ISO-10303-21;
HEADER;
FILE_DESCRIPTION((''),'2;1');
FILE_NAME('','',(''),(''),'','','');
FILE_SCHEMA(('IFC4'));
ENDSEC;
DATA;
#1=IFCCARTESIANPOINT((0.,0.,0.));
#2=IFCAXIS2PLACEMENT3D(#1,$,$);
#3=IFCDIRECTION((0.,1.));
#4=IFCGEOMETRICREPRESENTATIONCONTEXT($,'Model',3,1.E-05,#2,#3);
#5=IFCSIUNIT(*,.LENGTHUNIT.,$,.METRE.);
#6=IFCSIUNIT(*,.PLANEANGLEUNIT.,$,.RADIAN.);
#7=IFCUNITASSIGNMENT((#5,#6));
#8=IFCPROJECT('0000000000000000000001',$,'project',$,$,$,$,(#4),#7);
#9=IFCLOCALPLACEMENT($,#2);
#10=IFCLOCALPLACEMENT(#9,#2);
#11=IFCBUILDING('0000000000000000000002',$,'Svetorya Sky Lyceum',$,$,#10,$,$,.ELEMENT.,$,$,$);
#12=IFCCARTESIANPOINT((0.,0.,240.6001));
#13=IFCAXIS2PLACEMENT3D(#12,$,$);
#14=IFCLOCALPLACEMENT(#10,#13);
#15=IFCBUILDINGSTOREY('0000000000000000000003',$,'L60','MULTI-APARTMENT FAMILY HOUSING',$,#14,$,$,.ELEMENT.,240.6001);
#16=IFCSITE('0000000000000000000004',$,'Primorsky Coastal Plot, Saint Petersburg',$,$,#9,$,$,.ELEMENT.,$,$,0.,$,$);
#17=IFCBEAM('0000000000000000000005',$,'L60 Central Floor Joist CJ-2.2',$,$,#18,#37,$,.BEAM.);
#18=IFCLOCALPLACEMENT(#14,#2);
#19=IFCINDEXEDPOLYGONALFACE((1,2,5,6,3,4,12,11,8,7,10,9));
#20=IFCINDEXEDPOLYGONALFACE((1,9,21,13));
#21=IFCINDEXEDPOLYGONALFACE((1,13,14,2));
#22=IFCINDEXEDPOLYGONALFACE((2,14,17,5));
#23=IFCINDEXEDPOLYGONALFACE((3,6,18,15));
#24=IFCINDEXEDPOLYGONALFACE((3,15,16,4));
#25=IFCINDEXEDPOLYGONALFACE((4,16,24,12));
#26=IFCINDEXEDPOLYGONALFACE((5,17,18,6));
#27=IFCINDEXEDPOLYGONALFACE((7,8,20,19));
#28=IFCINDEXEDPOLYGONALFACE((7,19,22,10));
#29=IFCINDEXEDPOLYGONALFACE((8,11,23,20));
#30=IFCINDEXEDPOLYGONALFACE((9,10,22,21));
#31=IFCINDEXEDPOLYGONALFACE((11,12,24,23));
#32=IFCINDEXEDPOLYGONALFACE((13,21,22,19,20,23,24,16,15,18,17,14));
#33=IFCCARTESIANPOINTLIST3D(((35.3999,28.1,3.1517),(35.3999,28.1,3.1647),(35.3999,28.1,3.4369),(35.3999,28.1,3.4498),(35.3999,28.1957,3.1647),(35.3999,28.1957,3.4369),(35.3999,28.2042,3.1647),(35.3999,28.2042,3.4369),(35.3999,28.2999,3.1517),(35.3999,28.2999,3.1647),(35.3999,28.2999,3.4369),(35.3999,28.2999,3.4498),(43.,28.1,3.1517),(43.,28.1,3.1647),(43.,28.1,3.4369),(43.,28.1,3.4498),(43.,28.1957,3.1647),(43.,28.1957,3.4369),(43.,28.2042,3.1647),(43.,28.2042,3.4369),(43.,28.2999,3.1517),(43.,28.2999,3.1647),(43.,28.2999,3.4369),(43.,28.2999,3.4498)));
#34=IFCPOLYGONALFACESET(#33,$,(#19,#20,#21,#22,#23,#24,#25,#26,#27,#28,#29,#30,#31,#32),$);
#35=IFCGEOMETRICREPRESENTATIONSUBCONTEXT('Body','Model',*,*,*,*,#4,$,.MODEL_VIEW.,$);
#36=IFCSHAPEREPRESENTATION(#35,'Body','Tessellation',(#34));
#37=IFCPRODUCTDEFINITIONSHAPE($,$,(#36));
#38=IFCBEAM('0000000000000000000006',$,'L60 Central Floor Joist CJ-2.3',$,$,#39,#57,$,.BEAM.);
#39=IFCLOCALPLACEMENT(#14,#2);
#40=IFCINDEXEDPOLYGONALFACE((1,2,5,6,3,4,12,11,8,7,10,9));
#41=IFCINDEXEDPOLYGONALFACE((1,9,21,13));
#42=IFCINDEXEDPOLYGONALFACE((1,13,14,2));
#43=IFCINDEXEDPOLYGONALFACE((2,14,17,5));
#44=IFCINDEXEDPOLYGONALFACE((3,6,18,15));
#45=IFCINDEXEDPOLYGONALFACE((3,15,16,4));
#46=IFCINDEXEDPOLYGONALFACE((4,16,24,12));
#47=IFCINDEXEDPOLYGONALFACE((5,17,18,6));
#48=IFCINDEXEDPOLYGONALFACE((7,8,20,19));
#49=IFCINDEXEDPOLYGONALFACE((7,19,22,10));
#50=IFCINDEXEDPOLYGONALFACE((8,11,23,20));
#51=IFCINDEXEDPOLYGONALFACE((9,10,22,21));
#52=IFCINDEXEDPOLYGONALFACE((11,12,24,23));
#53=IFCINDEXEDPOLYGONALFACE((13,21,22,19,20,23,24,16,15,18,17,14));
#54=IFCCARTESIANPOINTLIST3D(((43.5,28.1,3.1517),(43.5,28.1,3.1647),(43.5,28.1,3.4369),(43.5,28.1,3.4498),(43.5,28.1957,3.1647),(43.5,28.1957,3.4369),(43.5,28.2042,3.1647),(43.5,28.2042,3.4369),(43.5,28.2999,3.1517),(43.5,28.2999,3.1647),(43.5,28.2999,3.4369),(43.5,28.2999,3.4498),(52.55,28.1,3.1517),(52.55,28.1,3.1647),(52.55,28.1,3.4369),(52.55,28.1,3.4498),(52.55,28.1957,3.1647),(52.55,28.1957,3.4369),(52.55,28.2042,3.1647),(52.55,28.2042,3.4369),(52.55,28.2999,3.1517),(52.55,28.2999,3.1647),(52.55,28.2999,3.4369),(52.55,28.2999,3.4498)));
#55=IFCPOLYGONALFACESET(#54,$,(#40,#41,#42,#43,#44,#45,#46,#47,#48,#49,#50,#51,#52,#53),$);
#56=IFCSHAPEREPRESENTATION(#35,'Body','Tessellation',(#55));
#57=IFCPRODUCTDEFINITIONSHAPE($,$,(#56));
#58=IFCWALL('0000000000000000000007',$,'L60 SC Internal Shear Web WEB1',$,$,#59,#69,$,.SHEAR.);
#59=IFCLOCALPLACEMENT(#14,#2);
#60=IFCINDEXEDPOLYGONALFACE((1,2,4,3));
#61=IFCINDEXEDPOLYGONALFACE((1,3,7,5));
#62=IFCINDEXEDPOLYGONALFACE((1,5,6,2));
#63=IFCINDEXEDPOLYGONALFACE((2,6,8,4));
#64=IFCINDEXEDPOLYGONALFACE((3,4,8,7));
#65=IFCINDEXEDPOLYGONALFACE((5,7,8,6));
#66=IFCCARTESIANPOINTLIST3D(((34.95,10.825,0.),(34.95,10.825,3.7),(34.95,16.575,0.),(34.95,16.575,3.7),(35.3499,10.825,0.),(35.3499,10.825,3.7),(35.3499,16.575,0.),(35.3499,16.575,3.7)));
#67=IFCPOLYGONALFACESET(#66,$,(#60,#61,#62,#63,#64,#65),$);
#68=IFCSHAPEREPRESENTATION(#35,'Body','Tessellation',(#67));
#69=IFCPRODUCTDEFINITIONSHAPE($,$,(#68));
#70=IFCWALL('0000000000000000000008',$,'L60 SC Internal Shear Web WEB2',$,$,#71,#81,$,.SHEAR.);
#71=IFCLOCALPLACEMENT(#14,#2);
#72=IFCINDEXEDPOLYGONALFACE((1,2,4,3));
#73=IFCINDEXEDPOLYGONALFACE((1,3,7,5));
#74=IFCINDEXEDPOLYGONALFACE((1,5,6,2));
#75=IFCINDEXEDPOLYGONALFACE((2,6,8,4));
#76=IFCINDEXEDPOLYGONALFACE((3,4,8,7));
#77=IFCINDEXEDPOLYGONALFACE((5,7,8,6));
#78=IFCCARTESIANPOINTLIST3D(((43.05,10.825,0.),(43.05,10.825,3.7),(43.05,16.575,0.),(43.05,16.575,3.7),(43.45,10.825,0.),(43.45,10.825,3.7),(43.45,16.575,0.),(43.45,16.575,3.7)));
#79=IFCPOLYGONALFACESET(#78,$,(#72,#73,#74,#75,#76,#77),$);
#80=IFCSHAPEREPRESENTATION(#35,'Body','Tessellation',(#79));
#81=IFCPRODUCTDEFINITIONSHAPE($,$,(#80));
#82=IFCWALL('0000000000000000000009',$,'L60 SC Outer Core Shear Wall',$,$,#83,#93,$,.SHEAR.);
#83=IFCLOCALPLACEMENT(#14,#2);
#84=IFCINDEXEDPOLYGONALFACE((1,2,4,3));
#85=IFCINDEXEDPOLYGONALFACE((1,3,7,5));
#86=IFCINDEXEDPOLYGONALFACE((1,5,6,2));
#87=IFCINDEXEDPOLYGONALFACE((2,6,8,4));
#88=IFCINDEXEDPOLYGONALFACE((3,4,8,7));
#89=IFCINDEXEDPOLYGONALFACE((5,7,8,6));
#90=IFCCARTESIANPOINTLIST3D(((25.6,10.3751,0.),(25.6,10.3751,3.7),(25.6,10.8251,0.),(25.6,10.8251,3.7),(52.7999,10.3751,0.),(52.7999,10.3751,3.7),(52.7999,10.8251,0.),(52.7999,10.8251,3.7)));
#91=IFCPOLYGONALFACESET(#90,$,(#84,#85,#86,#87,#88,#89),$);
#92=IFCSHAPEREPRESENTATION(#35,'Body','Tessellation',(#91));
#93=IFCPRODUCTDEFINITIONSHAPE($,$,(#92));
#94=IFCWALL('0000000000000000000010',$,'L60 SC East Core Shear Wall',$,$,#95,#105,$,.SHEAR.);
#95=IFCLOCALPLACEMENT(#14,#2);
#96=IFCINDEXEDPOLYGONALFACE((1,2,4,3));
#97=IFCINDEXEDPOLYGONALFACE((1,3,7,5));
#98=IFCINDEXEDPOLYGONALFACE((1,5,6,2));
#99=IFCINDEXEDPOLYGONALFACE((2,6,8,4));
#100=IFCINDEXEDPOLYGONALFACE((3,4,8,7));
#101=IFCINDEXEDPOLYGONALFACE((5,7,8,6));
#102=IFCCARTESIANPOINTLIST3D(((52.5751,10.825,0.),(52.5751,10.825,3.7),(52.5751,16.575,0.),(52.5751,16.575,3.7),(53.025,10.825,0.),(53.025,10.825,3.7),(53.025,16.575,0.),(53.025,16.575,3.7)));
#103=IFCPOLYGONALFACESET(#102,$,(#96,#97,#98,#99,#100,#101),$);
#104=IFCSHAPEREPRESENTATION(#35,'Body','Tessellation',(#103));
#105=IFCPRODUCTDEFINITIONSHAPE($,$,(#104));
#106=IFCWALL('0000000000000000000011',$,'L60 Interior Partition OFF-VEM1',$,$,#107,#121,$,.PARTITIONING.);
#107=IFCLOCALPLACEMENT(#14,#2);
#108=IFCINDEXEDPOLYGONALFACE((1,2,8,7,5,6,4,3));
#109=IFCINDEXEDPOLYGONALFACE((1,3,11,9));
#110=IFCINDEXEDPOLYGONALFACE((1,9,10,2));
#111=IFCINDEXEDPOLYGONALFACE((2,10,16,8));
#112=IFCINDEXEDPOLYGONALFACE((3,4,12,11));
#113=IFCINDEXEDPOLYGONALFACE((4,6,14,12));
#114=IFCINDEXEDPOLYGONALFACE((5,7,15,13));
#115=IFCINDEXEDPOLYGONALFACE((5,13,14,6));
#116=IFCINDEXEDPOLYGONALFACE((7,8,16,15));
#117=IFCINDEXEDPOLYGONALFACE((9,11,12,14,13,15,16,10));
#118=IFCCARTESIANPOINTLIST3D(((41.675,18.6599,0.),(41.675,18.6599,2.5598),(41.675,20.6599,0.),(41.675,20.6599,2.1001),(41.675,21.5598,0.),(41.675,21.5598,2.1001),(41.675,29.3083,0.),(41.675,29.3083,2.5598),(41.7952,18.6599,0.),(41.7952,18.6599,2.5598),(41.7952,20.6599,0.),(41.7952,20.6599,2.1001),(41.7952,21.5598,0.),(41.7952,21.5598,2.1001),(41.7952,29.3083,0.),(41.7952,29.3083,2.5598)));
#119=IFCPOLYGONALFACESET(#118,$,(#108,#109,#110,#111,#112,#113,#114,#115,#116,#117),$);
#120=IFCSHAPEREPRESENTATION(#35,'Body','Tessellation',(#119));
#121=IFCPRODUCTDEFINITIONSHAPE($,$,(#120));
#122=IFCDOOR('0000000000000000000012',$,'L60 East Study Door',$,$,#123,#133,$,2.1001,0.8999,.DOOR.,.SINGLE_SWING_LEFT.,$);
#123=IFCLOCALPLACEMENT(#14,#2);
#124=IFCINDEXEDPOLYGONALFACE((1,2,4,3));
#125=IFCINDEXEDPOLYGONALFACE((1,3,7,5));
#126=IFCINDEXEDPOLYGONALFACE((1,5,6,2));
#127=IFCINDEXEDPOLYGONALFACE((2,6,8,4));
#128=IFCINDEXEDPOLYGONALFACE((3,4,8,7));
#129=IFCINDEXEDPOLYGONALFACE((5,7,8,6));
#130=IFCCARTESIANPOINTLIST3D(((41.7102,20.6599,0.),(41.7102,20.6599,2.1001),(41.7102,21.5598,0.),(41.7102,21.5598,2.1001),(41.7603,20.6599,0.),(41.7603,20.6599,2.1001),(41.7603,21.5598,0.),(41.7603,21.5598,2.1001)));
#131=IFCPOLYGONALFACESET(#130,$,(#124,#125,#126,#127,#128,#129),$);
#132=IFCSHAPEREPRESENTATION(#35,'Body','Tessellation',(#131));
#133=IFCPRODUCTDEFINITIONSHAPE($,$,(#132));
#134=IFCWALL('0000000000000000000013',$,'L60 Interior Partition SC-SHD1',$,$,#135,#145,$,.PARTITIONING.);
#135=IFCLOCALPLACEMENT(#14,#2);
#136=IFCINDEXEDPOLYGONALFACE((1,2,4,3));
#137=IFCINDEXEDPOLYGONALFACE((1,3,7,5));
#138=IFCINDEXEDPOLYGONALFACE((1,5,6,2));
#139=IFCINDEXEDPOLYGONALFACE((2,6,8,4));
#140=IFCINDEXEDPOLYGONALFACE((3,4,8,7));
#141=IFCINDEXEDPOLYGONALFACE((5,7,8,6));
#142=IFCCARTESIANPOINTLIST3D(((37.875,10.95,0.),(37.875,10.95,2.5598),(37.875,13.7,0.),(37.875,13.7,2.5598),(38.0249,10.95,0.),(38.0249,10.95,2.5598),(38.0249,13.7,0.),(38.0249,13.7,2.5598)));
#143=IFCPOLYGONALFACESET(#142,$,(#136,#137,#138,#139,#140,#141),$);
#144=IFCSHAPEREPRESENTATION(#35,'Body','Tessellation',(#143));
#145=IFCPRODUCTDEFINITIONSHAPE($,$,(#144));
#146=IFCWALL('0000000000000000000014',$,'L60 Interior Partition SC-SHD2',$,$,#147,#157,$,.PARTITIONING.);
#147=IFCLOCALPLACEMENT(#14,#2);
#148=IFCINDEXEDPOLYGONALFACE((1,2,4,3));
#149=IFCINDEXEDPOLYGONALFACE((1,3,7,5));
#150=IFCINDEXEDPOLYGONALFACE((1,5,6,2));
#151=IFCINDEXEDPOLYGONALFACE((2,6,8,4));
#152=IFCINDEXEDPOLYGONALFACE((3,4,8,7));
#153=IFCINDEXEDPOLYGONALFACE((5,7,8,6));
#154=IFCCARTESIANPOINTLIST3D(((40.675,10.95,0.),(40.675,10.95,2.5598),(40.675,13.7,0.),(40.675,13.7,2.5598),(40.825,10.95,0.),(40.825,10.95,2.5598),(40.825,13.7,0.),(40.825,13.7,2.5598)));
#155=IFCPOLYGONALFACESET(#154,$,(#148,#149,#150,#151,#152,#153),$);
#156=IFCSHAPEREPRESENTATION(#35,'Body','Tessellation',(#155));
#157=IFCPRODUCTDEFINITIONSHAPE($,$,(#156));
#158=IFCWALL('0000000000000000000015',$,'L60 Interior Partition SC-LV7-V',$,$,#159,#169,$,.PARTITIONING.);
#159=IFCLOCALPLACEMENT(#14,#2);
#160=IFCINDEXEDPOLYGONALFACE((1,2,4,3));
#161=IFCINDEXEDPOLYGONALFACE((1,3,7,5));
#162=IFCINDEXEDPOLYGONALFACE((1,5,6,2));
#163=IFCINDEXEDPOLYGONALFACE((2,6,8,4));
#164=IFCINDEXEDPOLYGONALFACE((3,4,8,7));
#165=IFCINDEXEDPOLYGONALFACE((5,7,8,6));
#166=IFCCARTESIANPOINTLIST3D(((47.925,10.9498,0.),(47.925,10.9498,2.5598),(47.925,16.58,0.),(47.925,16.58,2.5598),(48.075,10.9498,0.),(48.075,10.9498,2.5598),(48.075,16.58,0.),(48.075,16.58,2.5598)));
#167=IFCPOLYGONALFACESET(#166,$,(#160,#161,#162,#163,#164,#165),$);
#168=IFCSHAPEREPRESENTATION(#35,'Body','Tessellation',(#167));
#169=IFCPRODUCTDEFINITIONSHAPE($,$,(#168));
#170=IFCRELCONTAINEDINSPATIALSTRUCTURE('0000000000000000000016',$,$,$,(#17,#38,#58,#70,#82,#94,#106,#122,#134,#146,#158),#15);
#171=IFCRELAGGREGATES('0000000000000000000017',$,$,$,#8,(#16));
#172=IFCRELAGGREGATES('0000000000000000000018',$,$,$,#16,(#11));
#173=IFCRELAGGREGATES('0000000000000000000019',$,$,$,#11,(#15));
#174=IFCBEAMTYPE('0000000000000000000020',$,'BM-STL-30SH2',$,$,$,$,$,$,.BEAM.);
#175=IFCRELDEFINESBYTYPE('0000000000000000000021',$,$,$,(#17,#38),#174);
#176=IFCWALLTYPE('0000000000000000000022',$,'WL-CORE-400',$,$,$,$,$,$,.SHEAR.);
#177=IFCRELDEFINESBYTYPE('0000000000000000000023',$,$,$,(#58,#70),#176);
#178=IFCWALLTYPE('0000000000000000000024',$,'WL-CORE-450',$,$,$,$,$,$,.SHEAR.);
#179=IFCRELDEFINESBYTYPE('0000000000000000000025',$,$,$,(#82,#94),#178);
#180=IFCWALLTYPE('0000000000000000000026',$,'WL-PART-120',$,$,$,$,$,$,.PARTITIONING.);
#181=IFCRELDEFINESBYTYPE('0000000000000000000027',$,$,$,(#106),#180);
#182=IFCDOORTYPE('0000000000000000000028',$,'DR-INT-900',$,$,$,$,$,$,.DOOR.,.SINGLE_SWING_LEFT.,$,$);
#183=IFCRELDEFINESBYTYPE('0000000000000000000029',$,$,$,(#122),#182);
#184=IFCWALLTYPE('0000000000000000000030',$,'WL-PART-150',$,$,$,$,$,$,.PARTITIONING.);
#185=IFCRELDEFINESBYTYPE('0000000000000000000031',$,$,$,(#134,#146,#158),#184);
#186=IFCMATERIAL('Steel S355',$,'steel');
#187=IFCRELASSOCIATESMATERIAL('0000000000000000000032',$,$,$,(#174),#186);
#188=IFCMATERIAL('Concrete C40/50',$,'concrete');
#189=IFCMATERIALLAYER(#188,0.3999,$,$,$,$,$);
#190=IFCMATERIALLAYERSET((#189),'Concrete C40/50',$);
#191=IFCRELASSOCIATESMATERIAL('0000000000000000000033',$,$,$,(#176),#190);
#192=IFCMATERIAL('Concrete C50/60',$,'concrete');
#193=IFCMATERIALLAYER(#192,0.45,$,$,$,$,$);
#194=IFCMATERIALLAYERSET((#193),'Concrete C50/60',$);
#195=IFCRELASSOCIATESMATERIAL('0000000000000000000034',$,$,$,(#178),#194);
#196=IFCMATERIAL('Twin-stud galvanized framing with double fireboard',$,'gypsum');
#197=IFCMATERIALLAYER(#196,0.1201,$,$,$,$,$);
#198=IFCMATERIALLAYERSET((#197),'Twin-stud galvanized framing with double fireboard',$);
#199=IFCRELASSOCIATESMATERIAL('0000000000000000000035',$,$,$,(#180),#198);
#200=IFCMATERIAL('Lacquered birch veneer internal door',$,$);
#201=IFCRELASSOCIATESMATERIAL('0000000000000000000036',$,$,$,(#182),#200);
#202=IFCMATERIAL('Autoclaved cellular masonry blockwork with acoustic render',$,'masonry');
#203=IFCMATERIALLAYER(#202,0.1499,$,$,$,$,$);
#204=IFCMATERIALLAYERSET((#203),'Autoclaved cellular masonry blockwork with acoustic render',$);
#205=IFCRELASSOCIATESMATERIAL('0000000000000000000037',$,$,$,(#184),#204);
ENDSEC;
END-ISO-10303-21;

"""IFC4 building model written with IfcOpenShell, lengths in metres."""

from ifc_helpers import new_model, si_unit, direction, frame, frame_2d, origin, origin_2d, place, context, subcontext, project, spatial, rectangle, i_section, extrude, material, layer, layer_set, material_profile, profile_set, type_object, element, fill, save


model = new_model("IFC4")

# Units and contexts
model_context = context("Model", 3, precision=1e-05, world=origin(), true_north=direction((0.0, 1.0)))
body_context = subcontext(model_context, "Body", "Model", "MODEL_VIEW")
ifc_project = project(units=[si_unit("LENGTHUNIT", "METRE"), si_unit("PLANEANGLEUNIT", "RADIAN")], contexts=[model_context])

# Site, building, storey
site_placement = place(None, origin())
site = spatial("IfcSite", under=ifc_project, at=site_placement, Name="Primorsky Coastal Plot, Saint Petersburg", CompositionType="ELEMENT", RefElevation=0.0)
building_placement = place(site_placement, origin())
building = spatial("IfcBuilding", under=site, at=building_placement, Name="Svetorya Sky Lyceum", CompositionType="ELEMENT")
storey_placement = place(building_placement, frame((0.0, 0.0, 240.6001)))
storey = spatial("IfcBuildingStorey", under=building, at=storey_placement, Name="L60", Description="MULTI-APARTMENT FAMILY HOUSING", CompositionType="ELEMENT", Elevation=240.6001)

# Shared definitions
ifc_material_1 = material(Name="Concrete C50/60", Category="concrete")

# Beams
ifc_material_2 = material(Name="Steel S355", Category="steel")
ifc_material_profile_1 = material_profile(ifc_material_2, i_section(OverallWidth=0.2, OverallDepth=0.2981, WebThickness=0.0085, FlangeThickness=0.0129, at=origin_2d()), Name="GOST 30Sh2")
ifc_profile_set_1 = profile_set([ifc_material_profile_1], Name="Steel S355")
beam_type_1 = type_object("IfcBeamType", Name="BM-STL-30SH2", PredefinedType="BEAM", material=ifc_profile_set_1)
beam_1_placement = place(storey_placement, frame((35.3999, 28.2, 3.3008), z_axis=(1.0, 0.0, 0.0), x_axis=(0.0, 1.0, 0.0)))
element("IfcBeam", 1, at=beam_1_placement, inside=storey, type_object=beam_type_1, Name="L60 Central Floor Joist CJ-2.2", PredefinedType="BEAM", context=body_context, shape_type="SweptSolid", body=[
    extrude(i_section(OverallWidth=0.2, OverallDepth=0.2981, WebThickness=0.0085, FlangeThickness=0.0129, at=origin_2d()), origin(), (0.0, 0.0, 1.0), 7.6001),
])
beam_2_placement = place(storey_placement, frame((43.5, 28.2, 3.3008), z_axis=(1.0, 0.0, 0.0), x_axis=(0.0, 1.0, 0.0)))
element("IfcBeam", 2, at=beam_2_placement, inside=storey, type_object=beam_type_1, Name="L60 Central Floor Joist CJ-2.3", PredefinedType="BEAM", context=body_context, shape_type="SweptSolid", body=[
    extrude(i_section(OverallWidth=0.2, OverallDepth=0.2981, WebThickness=0.0085, FlangeThickness=0.0129, at=origin_2d()), origin(), (0.0, 0.0, 1.0), 9.05),
])

# Walls
ifc_material_3 = material(Name="Concrete C40/50", Category="concrete")
ifc_layer_1 = layer(ifc_material_3, 0.3999)
ifc_layer_set_1 = layer_set([ifc_layer_1], Name="Concrete C40/50")
wall_type_1 = type_object("IfcWallType", Name="WL-CORE-400", PredefinedType="SHEAR", material=ifc_layer_set_1)
for number, where, z_axis, x_axis, name in (
    (3, (35.1499, 10.825, 0.0), (0.0, 0.0, 1.0), (0.0, 1.0, 0.0), "L60 SC Internal Shear Web WEB1"),
    (4, (43.25, 10.825, 0.0), (0.0, 0.0, 1.0), (0.0, 1.0, 0.0), "L60 SC Internal Shear Web WEB2"),
):
    element("IfcWall", number, at=place(storey_placement, frame(where, z_axis=z_axis, x_axis=x_axis)), inside=storey, type_object=wall_type_1, Name=name, PredefinedType="SHEAR", context=body_context, shape_type="SweptSolid", body=[
        extrude(rectangle(XDim=5.75, YDim=0.3999, at=frame_2d((2.875, 0.0))), origin(), (0.0, 0.0, 1.0), 3.7),
    ])
ifc_layer_2 = layer(ifc_material_1, 0.45)
ifc_layer_set_2 = layer_set([ifc_layer_2], Name="Concrete C50/60")
wall_type_2 = type_object("IfcWallType", Name="WL-CORE-450", PredefinedType="SHEAR", material=ifc_layer_set_2)
wall_1_placement = place(storey_placement, frame((52.8, 10.6001, 0.0), z_axis=(0.0, 0.0, 1.0), x_axis=(-1.0, 0.0, 0.0)))
element("IfcWall", 5, at=wall_1_placement, inside=storey, type_object=wall_type_2, Name="L60 SC Outer Core Shear Wall", PredefinedType="SHEAR", context=body_context, shape_type="SweptSolid", body=[
    extrude(rectangle(XDim=27.2, YDim=0.45, at=frame_2d((13.6001, 0.0))), origin(), (0.0, 0.0, 1.0), 3.7),
])
wall_2_placement = place(storey_placement, frame((52.8, 10.825, 0.0), z_axis=(0.0, 0.0, 1.0), x_axis=(0.0, 1.0, 0.0)))
element("IfcWall", 6, at=wall_2_placement, inside=storey, type_object=wall_type_2, Name="L60 SC East Core Shear Wall", PredefinedType="SHEAR", context=body_context, shape_type="SweptSolid", body=[
    extrude(rectangle(XDim=5.75, YDim=0.45, at=frame_2d((2.875, 0.0))), origin(), (0.0, 0.0, 1.0), 3.7),
])

# Wall, opening, door
ifc_material_4 = material(Name="Twin-stud galvanized framing with double fireboard", Category="gypsum")
ifc_layer_3 = layer(ifc_material_4, 0.1201)
ifc_layer_set_3 = layer_set([ifc_layer_3], Name="Twin-stud galvanized framing with double fireboard")
wall_type_3 = type_object("IfcWallType", Name="WL-PART-120", PredefinedType="PARTITIONING", material=ifc_layer_set_3)
wall_3_placement = place(storey_placement, frame((41.7351, 18.6599, 0.0), z_axis=(0.0, 0.0, 1.0), x_axis=(0.0, 1.0, 0.0)))
wall_3 = element("IfcWall", 7, at=wall_3_placement, inside=storey, type_object=wall_type_3, Name="L60 Interior Partition OFF-VEM1", PredefinedType="PARTITIONING", context=body_context, shape_type="SweptSolid", body=[
    extrude(rectangle(XDim=10.6484, YDim=0.1201, at=frame_2d((5.3242, 0.0))), origin(), (0.0, 0.0, 1.0), 2.5598),
])
opening_1_placement = place(wall_3_placement, frame((2.0, 0.0, 0.0)))
opening_1 = element("IfcOpeningElement", 8, at=opening_1_placement, cuts=wall_3, PredefinedType="OPENING", context=body_context, shape_type="SweptSolid", body=[
    extrude(rectangle(XDim=0.8999, YDim=2.1001, at=frame_2d((0.45, 1.05))), frame((0.0, 0.0701, 0.0), z_axis=(0.0, -1.0, 0.0), x_axis=(1.0, 0.0, 0.0)), (0.0, 0.0, 1.0), 0.1401),
])
ifc_material_5 = material(Name="Lacquered birch veneer internal door")
door_type_1 = type_object("IfcDoorType", Name="DR-INT-900", OperationType="SINGLE_SWING_LEFT", PredefinedType="DOOR", material=ifc_material_5)
door_1_placement = place(opening_1_placement, origin())
door_1 = element("IfcDoor", 9, at=door_1_placement, inside=storey, type_object=door_type_1, Name="L60 East Study Door", OperationType="SINGLE_SWING_LEFT", OverallHeight=2.1001, OverallWidth=0.8999, PredefinedType="DOOR", context=body_context, shape_type="SweptSolid", body=[
    extrude(rectangle(XDim=0.8999, YDim=2.1001, at=frame_2d((0.45, 1.05))), frame((0.0, 0.0249, 0.0), z_axis=(0.0, -1.0, 0.0), x_axis=(1.0, 0.0, 0.0)), (0.0, 0.0, 1.0), 0.05),
])
fill(opening_1, door_1)

# Walls
ifc_material_6 = material(Name="Autoclaved cellular masonry blockwork with acoustic render", Category="masonry")
ifc_layer_4 = layer(ifc_material_6, 0.1499)
ifc_layer_set_4 = layer_set([ifc_layer_4], Name="Autoclaved cellular masonry blockwork with acoustic render")
wall_type_4 = type_object("IfcWallType", Name="WL-PART-150", PredefinedType="PARTITIONING", material=ifc_layer_set_4)
for number, where, z_axis, x_axis, name in (
    (10, (37.95, 10.95, 0.0), (0.0, 0.0, 1.0), (0.0, 1.0, 0.0), "L60 Interior Partition SC-SHD1"),
    (11, (40.75, 10.95, 0.0), (0.0, 0.0, 1.0), (0.0, 1.0, 0.0), "L60 Interior Partition SC-SHD2"),
):
    element("IfcWall", number, at=place(storey_placement, frame(where, z_axis=z_axis, x_axis=x_axis)), inside=storey, type_object=wall_type_4, Name=name, PredefinedType="PARTITIONING", context=body_context, shape_type="SweptSolid", body=[
        extrude(rectangle(XDim=2.75, YDim=0.1499, at=frame_2d((1.375, 0.0))), origin(), (0.0, 0.0, 1.0), 2.5598),
    ])
wall_4_placement = place(storey_placement, frame((48.0, 10.95, 0.0), z_axis=(0.0, 0.0, 1.0), x_axis=(0.0, 1.0, 0.0)))
element("IfcWall", 12, at=wall_4_placement, inside=storey, type_object=wall_type_4, Name="L60 Interior Partition SC-LV7-V", PredefinedType="PARTITIONING", context=body_context, shape_type="SweptSolid", body=[
    extrude(rectangle(XDim=5.6301, YDim=0.1499, at=frame_2d((2.8149, 0.0))), origin(), (0.0, 0.0, 1.0), 2.5598),
])

save(model, "model.ifc")
